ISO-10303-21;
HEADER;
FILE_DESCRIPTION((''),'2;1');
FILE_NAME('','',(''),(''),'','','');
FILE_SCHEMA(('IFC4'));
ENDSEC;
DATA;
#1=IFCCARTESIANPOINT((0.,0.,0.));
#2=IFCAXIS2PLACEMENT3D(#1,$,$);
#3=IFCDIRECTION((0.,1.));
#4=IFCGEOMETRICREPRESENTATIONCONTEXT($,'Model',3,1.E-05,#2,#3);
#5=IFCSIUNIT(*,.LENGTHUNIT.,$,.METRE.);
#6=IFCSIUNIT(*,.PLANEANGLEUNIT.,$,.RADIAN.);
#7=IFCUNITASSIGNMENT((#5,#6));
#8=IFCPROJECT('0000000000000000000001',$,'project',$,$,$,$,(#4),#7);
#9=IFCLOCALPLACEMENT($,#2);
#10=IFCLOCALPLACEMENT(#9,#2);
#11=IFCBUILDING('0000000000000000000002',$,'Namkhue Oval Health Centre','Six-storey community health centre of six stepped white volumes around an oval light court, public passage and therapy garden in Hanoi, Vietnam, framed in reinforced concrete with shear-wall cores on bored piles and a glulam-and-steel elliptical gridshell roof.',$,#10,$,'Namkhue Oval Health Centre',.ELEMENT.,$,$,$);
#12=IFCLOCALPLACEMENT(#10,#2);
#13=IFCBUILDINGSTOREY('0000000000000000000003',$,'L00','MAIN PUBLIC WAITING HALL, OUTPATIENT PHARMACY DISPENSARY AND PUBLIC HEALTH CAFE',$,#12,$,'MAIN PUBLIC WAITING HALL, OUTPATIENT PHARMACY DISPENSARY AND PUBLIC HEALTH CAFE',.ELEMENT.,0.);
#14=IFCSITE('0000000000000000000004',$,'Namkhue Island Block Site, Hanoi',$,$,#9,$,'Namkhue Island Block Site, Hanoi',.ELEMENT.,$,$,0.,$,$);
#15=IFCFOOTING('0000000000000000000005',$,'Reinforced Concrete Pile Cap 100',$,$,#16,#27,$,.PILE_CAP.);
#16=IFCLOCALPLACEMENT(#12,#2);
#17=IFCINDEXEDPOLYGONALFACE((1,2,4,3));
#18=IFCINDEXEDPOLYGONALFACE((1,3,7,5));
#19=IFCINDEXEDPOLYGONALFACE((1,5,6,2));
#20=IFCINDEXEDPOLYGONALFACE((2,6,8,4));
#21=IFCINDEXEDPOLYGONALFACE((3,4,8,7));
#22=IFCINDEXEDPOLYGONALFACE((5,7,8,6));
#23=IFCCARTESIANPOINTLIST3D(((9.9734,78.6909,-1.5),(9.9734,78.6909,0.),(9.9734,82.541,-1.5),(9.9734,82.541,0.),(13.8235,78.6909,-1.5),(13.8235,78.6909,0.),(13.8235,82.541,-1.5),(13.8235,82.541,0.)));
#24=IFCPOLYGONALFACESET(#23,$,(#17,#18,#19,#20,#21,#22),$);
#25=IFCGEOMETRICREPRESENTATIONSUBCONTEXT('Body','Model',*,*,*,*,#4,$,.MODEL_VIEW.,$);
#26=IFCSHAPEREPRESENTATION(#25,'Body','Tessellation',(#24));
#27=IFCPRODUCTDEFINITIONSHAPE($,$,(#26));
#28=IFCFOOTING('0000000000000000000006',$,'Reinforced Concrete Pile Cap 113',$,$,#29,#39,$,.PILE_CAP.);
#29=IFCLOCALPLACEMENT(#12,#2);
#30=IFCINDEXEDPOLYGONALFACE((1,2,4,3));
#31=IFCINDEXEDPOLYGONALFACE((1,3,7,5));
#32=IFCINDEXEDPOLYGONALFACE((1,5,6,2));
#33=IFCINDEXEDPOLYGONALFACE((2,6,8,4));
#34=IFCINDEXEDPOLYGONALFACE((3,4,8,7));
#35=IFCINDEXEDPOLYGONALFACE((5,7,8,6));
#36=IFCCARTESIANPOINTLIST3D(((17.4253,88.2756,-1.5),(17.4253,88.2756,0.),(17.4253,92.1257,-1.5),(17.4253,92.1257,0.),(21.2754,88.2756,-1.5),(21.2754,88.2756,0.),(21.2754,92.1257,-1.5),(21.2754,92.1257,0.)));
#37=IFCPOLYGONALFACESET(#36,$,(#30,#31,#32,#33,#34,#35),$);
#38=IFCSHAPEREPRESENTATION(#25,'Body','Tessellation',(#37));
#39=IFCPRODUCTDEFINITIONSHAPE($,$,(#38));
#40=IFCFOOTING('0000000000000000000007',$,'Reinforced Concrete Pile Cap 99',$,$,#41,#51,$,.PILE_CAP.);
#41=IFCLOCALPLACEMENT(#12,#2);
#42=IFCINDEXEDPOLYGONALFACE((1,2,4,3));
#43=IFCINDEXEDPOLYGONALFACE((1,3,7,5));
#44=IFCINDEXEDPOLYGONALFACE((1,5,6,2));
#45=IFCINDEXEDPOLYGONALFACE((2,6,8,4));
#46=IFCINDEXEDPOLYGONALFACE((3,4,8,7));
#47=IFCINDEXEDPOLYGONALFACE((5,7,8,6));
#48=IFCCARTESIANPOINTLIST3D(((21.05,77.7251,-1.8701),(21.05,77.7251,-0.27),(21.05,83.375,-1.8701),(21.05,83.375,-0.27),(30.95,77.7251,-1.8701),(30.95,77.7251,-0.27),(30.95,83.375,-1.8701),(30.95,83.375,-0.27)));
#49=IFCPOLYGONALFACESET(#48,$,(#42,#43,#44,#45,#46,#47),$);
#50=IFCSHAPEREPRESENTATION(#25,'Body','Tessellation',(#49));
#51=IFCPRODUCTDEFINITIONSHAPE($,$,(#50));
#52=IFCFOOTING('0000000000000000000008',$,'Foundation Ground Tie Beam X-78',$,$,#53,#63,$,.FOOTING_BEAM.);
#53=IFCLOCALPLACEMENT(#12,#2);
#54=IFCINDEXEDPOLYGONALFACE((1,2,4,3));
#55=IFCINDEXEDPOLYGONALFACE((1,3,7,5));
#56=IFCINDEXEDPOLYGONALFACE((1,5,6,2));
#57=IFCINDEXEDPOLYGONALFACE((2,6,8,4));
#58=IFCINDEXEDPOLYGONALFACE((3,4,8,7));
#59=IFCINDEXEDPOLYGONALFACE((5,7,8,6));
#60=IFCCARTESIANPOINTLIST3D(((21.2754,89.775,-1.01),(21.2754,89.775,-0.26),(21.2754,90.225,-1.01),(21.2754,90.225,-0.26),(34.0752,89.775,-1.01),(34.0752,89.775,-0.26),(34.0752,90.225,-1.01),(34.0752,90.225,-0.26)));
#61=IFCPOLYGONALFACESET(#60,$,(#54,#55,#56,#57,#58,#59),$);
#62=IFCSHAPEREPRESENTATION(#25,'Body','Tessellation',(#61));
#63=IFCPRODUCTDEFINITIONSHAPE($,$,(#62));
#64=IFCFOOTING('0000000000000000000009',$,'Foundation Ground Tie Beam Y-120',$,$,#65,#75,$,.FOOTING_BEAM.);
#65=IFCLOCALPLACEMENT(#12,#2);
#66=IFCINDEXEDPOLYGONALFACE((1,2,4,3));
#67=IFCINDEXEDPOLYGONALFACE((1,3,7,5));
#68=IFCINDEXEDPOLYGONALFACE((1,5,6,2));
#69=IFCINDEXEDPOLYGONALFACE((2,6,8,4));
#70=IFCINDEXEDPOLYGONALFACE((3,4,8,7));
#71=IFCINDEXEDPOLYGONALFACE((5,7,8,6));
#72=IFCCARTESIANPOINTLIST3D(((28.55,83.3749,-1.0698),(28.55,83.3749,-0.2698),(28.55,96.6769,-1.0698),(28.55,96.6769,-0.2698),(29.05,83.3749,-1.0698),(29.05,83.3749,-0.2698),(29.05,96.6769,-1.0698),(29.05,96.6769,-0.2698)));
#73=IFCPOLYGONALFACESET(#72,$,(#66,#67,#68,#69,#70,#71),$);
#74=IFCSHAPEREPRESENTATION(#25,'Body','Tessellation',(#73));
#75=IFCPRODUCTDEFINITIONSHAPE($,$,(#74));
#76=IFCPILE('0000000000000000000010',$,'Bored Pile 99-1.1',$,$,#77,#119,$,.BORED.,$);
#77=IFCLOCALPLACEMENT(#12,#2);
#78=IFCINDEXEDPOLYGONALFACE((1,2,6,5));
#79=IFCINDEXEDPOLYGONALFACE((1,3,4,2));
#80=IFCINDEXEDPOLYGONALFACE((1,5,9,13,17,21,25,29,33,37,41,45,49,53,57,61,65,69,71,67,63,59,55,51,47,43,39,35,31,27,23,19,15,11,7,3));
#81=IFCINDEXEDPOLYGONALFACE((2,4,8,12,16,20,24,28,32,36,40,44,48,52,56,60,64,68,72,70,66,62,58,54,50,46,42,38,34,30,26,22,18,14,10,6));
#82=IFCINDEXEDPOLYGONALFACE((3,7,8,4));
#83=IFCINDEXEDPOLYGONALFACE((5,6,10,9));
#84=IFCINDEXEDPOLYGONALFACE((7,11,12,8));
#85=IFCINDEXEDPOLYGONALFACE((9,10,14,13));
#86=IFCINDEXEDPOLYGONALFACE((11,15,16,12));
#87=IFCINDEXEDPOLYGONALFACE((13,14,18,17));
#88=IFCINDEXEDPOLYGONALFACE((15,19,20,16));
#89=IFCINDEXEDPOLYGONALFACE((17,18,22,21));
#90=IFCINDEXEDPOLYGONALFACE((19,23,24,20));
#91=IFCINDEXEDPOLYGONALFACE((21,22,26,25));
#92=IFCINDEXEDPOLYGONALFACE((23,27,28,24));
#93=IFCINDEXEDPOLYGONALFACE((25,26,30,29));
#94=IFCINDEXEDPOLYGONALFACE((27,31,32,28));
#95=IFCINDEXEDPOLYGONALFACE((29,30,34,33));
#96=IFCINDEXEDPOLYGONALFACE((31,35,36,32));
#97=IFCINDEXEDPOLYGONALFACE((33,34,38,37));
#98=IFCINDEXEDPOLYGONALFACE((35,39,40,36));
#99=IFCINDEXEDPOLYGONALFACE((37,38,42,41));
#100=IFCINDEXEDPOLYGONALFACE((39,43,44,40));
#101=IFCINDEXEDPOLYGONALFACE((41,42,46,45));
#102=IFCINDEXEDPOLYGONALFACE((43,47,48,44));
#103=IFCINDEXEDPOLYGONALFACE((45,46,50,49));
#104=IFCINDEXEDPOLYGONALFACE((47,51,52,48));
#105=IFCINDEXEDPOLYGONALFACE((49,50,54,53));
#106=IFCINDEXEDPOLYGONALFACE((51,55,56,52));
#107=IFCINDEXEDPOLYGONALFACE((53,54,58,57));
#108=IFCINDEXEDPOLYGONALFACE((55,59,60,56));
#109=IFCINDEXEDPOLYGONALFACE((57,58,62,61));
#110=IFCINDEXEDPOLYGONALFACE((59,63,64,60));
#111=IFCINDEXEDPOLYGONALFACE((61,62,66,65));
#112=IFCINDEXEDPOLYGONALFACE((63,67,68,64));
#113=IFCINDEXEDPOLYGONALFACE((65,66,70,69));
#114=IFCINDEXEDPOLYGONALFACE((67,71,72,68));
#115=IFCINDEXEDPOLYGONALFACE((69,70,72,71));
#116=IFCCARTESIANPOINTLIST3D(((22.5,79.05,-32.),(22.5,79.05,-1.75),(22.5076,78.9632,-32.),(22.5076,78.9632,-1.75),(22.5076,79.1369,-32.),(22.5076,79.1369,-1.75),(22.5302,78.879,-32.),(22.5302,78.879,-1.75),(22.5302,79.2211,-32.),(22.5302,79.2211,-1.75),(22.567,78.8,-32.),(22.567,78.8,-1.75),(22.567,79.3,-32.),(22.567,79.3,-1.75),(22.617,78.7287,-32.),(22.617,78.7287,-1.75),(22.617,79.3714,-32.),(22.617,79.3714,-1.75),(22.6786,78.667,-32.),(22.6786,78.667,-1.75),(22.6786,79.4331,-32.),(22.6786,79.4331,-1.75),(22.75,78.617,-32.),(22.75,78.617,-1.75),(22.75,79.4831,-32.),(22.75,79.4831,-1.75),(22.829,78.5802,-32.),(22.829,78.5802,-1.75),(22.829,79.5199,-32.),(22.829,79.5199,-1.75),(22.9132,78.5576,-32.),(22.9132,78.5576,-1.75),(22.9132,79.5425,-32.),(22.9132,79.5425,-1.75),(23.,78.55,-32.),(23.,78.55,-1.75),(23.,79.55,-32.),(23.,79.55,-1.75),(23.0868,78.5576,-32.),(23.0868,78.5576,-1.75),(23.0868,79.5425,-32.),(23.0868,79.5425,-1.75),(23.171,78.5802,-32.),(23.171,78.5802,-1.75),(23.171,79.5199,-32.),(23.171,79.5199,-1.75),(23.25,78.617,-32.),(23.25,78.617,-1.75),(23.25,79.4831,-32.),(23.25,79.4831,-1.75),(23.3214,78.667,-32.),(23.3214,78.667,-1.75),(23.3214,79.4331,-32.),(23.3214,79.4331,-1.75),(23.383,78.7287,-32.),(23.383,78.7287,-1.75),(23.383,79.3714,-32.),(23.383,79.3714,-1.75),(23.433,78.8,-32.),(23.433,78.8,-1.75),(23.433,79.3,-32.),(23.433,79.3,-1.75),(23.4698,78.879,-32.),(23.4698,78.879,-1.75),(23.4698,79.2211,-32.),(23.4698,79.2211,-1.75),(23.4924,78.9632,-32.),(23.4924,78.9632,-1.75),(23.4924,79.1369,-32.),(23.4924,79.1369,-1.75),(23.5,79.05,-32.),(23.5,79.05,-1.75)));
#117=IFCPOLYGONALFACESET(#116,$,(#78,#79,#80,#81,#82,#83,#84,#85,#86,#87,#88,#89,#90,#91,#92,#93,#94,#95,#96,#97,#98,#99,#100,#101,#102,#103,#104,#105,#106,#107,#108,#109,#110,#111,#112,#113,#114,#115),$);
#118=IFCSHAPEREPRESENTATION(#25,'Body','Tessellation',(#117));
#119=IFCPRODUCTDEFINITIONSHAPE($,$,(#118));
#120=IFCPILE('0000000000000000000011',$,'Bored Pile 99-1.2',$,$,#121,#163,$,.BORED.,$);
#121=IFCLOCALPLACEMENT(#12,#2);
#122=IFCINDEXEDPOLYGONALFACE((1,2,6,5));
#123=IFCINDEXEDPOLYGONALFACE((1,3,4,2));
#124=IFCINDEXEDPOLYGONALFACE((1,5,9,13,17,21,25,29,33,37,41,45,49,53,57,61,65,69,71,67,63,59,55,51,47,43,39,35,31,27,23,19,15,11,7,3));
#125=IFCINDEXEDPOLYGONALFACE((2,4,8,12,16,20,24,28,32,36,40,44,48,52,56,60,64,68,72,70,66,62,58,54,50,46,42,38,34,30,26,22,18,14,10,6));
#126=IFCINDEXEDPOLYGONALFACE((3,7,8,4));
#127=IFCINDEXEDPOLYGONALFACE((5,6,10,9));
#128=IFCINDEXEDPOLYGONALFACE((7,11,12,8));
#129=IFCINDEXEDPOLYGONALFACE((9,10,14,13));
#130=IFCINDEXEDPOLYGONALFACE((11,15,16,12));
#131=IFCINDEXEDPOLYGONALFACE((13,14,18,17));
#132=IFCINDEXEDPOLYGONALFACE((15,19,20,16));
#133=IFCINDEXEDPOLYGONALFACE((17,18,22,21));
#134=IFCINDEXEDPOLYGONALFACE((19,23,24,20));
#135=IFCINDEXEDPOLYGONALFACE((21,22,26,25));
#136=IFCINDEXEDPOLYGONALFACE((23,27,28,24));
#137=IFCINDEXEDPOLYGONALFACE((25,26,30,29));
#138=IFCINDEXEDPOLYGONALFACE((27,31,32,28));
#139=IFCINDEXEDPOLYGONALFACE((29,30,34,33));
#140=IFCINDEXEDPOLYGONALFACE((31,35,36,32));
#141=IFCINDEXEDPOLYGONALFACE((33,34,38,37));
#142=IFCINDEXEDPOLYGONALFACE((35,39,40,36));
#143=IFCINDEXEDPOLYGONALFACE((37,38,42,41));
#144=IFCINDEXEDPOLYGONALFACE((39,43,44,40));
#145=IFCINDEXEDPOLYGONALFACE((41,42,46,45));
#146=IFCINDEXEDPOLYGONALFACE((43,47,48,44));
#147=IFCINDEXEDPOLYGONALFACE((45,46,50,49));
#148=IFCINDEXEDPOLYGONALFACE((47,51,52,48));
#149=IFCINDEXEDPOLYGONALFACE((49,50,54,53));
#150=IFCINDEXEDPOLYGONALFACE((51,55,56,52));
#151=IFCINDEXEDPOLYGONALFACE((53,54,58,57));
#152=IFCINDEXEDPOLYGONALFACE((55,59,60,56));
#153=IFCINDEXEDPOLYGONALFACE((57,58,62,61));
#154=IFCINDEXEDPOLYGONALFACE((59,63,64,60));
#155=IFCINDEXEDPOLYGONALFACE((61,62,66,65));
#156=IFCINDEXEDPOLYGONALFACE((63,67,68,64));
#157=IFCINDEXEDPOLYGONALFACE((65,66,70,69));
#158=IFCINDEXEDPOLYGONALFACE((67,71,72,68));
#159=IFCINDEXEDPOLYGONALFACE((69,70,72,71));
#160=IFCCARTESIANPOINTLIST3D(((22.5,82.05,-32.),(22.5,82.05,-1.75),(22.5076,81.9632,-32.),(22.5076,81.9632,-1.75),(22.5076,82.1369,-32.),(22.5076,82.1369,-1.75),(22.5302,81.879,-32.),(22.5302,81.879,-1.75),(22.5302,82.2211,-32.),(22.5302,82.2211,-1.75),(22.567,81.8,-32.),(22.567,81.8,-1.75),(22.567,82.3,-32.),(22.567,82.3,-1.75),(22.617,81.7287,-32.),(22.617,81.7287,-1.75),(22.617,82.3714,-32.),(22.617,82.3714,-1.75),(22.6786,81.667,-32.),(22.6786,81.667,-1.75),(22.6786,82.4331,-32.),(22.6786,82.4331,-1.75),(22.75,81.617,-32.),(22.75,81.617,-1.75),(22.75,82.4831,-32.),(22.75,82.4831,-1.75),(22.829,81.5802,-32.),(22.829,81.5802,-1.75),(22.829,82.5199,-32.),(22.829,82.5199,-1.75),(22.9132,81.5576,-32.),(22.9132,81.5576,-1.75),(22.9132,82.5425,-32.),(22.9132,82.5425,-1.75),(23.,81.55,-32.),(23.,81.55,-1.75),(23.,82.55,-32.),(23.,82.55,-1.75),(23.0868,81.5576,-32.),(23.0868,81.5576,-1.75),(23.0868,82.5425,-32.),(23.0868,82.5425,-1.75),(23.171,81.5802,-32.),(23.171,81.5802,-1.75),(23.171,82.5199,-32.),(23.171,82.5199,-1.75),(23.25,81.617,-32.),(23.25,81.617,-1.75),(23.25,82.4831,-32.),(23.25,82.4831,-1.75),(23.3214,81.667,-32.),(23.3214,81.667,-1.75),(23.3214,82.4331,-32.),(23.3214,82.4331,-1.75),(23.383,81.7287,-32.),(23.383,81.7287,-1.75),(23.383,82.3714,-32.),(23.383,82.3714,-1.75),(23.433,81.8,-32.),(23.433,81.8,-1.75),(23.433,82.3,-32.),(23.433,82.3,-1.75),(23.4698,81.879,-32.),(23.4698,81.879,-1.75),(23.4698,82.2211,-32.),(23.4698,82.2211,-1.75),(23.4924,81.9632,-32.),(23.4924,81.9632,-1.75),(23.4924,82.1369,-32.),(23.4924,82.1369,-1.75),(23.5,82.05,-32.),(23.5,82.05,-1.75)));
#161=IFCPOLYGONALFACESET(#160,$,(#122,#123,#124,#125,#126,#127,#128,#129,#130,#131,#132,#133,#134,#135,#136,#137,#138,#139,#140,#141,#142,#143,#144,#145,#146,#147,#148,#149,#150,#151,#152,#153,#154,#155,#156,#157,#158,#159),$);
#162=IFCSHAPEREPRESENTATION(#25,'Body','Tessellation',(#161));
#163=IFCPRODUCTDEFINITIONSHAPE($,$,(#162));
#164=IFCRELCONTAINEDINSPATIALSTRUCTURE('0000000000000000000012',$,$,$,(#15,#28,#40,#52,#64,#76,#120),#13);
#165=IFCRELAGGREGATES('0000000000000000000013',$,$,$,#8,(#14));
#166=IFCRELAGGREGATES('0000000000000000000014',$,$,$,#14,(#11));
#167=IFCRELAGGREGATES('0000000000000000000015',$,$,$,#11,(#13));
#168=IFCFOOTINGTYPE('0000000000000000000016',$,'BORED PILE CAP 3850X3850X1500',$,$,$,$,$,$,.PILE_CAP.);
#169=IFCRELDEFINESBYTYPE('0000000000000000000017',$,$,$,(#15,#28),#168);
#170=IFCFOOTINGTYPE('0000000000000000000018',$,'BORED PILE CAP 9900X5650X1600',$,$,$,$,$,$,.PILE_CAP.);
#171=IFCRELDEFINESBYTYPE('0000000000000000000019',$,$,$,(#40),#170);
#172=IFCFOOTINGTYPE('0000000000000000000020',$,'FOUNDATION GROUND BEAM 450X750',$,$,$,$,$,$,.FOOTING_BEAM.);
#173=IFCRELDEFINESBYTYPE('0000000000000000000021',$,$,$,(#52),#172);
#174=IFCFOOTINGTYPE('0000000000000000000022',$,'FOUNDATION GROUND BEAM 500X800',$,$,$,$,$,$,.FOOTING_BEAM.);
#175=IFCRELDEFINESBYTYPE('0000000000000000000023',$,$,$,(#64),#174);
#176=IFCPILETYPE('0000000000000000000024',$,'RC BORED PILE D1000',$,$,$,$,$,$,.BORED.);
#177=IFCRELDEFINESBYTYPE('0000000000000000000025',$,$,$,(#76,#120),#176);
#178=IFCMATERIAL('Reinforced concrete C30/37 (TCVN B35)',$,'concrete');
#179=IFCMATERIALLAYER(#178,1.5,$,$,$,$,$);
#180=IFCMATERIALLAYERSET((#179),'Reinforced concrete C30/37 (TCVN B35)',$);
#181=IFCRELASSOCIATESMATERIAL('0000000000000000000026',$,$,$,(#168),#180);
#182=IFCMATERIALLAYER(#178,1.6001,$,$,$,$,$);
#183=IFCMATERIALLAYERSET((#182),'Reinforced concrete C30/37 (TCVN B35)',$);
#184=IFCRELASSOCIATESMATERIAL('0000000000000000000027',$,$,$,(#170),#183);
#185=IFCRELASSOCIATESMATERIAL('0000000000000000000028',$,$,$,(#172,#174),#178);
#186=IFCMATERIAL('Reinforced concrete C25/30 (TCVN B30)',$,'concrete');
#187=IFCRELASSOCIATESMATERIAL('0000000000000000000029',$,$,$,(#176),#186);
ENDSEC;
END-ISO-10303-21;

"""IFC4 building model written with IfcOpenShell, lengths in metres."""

from ifc_helpers import new_model, si_unit, direction, frame, origin, origin_2d, place, context, subcontext, project, spatial, rectangle, circle, extrude, material, layer, layer_set, material_profile, profile_set, type_object, element, save


model = new_model("IFC4")

# Units and contexts
model_context = context("Model", 3, precision=1e-05, world=origin(), true_north=direction((0.0, 1.0)))
body_context = subcontext(model_context, "Body", "Model", "MODEL_VIEW")
ifc_project = project(units=[si_unit("LENGTHUNIT", "METRE"), si_unit("PLANEANGLEUNIT", "RADIAN")], contexts=[model_context])

# Site, building, storey
site_placement = place(None, origin())
site = spatial("IfcSite", under=ifc_project, at=site_placement, Name="Namkhue Island Block Site, Hanoi", LongName="Namkhue Island Block Site, Hanoi", CompositionType="ELEMENT", RefElevation=0.0)
building_placement = place(site_placement, origin())
building = spatial("IfcBuilding", under=site, at=building_placement, Name="Namkhue Oval Health Centre", Description="Six-storey community health centre of six stepped white volumes around an oval light court, public passage and therapy garden in Hanoi, Vietnam, framed in reinforced concrete with shear-wall cores on bored piles and a glulam-and-steel elliptical gridshell roof.", LongName="Namkhue Oval Health Centre", CompositionType="ELEMENT")
storey_placement = place(building_placement, origin())
storey = spatial("IfcBuildingStorey", under=building, at=storey_placement, Name="L00", Description="MAIN PUBLIC WAITING HALL, OUTPATIENT PHARMACY DISPENSARY AND PUBLIC HEALTH CAFE", LongName="MAIN PUBLIC WAITING HALL, OUTPATIENT PHARMACY DISPENSARY AND PUBLIC HEALTH CAFE", CompositionType="ELEMENT", Elevation=0.0)

# Footings
ifc_material_1 = material(Name="Reinforced concrete C30/37 (TCVN B35)", Category="concrete")
ifc_layer_1 = layer(ifc_material_1, 1.5)
ifc_layer_set_1 = layer_set([ifc_layer_1], Name="Reinforced concrete C30/37 (TCVN B35)")
footing_type_1 = type_object("IfcFootingType", Name="BORED PILE CAP 3850X3850X1500", PredefinedType="PILE_CAP", material=ifc_layer_set_1)
for number, where, z_axis, x_axis, name in (
    (1, (11.8984, 80.616, -1.5), (0.0, 0.0, 1.0), (1.0, 0.0, 0.0), "Reinforced Concrete Pile Cap 100"),
    (2, (19.3503, 90.2007, -1.5), (0.0, 0.0, 1.0), (1.0, 0.0, 0.0), "Reinforced Concrete Pile Cap 113"),
):
    element("IfcFooting", number, at=place(storey_placement, frame(where, z_axis=z_axis, x_axis=x_axis)), inside=storey, type_object=footing_type_1, Name=name, PredefinedType="PILE_CAP", context=body_context, shape_type="SweptSolid", body=[
        extrude(rectangle(XDim=3.8501, YDim=3.8501, at=origin_2d()), origin(), (0.0, 0.0, 1.0), 1.5),
    ])
ifc_layer_2 = layer(ifc_material_1, 1.6001)
ifc_layer_set_2 = layer_set([ifc_layer_2], Name="Reinforced concrete C30/37 (TCVN B35)")
footing_type_2 = type_object("IfcFootingType", Name="BORED PILE CAP 9900X5650X1600", PredefinedType="PILE_CAP", material=ifc_layer_set_2)
footing_1_placement = place(storey_placement, frame((26.0, 80.55, -1.8701), z_axis=(0.0, 0.0, 1.0), x_axis=(1.0, 0.0, 0.0)))
element("IfcFooting", 3, at=footing_1_placement, inside=storey, type_object=footing_type_2, Name="Reinforced Concrete Pile Cap 99", PredefinedType="PILE_CAP", context=body_context, shape_type="SweptSolid", body=[
    extrude(rectangle(XDim=9.8999, YDim=5.6499, at=origin_2d()), origin(), (0.0, 0.0, 1.0), 1.6001),
])
footing_type_3 = type_object("IfcFootingType", Name="FOUNDATION GROUND BEAM 450X750", PredefinedType="FOOTING_BEAM", material=ifc_material_1)
footing_2_placement = place(storey_placement, frame((27.6753, 90.0, -1.01), z_axis=(0.0, 0.0, 1.0), x_axis=(1.0, 0.0, 0.0)))
element("IfcFooting", 4, at=footing_2_placement, inside=storey, type_object=footing_type_3, Name="Foundation Ground Tie Beam X-78", PredefinedType="FOOTING_BEAM", context=body_context, shape_type="SweptSolid", body=[
    extrude(rectangle(XDim=12.7998, YDim=0.45, at=origin_2d()), origin(), (0.0, 0.0, 1.0), 0.75),
])
footing_type_4 = type_object("IfcFootingType", Name="FOUNDATION GROUND BEAM 500X800", PredefinedType="FOOTING_BEAM", material=ifc_material_1)
footing_3_placement = place(storey_placement, frame((28.8, 90.0259, -1.0698), z_axis=(0.0, 0.0, 1.0), x_axis=(0.0, 1.0, 0.0)))
element("IfcFooting", 5, at=footing_3_placement, inside=storey, type_object=footing_type_4, Name="Foundation Ground Tie Beam Y-120", PredefinedType="FOOTING_BEAM", context=body_context, shape_type="SweptSolid", body=[
    extrude(rectangle(XDim=13.302, YDim=0.5, at=origin_2d()), origin(), (0.0, 0.0, 1.0), 0.8),
])

# Piles
ifc_material_2 = material(Name="Reinforced concrete C25/30 (TCVN B30)", Category="concrete")
ifc_material_profile_1 = material_profile(ifc_material_2, circle(Radius=0.5, at=origin_2d()), Name="BORED PILE D1000")
ifc_profile_set_1 = profile_set([ifc_material_profile_1], Name="Reinforced concrete C25/30 (TCVN B30)")
pile_type_1 = type_object("IfcPileType", Name="RC BORED PILE D1000", PredefinedType="BORED", material=ifc_profile_set_1)
for number, where, z_axis, x_axis, name in (
    (6, (23.0, 79.05, -1.75), (0.0, 0.0, -1.0), (1.0, 0.0, 0.0), "Bored Pile 99-1.1"),
    (7, (23.0, 82.05, -1.75), (0.0, 0.0, -1.0), (1.0, 0.0, 0.0), "Bored Pile 99-1.2"),
):
    element("IfcPile", number, at=place(storey_placement, frame(where, z_axis=z_axis, x_axis=x_axis)), inside=storey, type_object=pile_type_1, Name=name, PredefinedType="BORED", context=body_context, shape_type="SweptSolid", body=[
        extrude(circle(Radius=0.5, at=origin_2d()), origin(), (0.0, 0.0, 1.0), 30.25),
    ])

save(model, "model.ifc")
